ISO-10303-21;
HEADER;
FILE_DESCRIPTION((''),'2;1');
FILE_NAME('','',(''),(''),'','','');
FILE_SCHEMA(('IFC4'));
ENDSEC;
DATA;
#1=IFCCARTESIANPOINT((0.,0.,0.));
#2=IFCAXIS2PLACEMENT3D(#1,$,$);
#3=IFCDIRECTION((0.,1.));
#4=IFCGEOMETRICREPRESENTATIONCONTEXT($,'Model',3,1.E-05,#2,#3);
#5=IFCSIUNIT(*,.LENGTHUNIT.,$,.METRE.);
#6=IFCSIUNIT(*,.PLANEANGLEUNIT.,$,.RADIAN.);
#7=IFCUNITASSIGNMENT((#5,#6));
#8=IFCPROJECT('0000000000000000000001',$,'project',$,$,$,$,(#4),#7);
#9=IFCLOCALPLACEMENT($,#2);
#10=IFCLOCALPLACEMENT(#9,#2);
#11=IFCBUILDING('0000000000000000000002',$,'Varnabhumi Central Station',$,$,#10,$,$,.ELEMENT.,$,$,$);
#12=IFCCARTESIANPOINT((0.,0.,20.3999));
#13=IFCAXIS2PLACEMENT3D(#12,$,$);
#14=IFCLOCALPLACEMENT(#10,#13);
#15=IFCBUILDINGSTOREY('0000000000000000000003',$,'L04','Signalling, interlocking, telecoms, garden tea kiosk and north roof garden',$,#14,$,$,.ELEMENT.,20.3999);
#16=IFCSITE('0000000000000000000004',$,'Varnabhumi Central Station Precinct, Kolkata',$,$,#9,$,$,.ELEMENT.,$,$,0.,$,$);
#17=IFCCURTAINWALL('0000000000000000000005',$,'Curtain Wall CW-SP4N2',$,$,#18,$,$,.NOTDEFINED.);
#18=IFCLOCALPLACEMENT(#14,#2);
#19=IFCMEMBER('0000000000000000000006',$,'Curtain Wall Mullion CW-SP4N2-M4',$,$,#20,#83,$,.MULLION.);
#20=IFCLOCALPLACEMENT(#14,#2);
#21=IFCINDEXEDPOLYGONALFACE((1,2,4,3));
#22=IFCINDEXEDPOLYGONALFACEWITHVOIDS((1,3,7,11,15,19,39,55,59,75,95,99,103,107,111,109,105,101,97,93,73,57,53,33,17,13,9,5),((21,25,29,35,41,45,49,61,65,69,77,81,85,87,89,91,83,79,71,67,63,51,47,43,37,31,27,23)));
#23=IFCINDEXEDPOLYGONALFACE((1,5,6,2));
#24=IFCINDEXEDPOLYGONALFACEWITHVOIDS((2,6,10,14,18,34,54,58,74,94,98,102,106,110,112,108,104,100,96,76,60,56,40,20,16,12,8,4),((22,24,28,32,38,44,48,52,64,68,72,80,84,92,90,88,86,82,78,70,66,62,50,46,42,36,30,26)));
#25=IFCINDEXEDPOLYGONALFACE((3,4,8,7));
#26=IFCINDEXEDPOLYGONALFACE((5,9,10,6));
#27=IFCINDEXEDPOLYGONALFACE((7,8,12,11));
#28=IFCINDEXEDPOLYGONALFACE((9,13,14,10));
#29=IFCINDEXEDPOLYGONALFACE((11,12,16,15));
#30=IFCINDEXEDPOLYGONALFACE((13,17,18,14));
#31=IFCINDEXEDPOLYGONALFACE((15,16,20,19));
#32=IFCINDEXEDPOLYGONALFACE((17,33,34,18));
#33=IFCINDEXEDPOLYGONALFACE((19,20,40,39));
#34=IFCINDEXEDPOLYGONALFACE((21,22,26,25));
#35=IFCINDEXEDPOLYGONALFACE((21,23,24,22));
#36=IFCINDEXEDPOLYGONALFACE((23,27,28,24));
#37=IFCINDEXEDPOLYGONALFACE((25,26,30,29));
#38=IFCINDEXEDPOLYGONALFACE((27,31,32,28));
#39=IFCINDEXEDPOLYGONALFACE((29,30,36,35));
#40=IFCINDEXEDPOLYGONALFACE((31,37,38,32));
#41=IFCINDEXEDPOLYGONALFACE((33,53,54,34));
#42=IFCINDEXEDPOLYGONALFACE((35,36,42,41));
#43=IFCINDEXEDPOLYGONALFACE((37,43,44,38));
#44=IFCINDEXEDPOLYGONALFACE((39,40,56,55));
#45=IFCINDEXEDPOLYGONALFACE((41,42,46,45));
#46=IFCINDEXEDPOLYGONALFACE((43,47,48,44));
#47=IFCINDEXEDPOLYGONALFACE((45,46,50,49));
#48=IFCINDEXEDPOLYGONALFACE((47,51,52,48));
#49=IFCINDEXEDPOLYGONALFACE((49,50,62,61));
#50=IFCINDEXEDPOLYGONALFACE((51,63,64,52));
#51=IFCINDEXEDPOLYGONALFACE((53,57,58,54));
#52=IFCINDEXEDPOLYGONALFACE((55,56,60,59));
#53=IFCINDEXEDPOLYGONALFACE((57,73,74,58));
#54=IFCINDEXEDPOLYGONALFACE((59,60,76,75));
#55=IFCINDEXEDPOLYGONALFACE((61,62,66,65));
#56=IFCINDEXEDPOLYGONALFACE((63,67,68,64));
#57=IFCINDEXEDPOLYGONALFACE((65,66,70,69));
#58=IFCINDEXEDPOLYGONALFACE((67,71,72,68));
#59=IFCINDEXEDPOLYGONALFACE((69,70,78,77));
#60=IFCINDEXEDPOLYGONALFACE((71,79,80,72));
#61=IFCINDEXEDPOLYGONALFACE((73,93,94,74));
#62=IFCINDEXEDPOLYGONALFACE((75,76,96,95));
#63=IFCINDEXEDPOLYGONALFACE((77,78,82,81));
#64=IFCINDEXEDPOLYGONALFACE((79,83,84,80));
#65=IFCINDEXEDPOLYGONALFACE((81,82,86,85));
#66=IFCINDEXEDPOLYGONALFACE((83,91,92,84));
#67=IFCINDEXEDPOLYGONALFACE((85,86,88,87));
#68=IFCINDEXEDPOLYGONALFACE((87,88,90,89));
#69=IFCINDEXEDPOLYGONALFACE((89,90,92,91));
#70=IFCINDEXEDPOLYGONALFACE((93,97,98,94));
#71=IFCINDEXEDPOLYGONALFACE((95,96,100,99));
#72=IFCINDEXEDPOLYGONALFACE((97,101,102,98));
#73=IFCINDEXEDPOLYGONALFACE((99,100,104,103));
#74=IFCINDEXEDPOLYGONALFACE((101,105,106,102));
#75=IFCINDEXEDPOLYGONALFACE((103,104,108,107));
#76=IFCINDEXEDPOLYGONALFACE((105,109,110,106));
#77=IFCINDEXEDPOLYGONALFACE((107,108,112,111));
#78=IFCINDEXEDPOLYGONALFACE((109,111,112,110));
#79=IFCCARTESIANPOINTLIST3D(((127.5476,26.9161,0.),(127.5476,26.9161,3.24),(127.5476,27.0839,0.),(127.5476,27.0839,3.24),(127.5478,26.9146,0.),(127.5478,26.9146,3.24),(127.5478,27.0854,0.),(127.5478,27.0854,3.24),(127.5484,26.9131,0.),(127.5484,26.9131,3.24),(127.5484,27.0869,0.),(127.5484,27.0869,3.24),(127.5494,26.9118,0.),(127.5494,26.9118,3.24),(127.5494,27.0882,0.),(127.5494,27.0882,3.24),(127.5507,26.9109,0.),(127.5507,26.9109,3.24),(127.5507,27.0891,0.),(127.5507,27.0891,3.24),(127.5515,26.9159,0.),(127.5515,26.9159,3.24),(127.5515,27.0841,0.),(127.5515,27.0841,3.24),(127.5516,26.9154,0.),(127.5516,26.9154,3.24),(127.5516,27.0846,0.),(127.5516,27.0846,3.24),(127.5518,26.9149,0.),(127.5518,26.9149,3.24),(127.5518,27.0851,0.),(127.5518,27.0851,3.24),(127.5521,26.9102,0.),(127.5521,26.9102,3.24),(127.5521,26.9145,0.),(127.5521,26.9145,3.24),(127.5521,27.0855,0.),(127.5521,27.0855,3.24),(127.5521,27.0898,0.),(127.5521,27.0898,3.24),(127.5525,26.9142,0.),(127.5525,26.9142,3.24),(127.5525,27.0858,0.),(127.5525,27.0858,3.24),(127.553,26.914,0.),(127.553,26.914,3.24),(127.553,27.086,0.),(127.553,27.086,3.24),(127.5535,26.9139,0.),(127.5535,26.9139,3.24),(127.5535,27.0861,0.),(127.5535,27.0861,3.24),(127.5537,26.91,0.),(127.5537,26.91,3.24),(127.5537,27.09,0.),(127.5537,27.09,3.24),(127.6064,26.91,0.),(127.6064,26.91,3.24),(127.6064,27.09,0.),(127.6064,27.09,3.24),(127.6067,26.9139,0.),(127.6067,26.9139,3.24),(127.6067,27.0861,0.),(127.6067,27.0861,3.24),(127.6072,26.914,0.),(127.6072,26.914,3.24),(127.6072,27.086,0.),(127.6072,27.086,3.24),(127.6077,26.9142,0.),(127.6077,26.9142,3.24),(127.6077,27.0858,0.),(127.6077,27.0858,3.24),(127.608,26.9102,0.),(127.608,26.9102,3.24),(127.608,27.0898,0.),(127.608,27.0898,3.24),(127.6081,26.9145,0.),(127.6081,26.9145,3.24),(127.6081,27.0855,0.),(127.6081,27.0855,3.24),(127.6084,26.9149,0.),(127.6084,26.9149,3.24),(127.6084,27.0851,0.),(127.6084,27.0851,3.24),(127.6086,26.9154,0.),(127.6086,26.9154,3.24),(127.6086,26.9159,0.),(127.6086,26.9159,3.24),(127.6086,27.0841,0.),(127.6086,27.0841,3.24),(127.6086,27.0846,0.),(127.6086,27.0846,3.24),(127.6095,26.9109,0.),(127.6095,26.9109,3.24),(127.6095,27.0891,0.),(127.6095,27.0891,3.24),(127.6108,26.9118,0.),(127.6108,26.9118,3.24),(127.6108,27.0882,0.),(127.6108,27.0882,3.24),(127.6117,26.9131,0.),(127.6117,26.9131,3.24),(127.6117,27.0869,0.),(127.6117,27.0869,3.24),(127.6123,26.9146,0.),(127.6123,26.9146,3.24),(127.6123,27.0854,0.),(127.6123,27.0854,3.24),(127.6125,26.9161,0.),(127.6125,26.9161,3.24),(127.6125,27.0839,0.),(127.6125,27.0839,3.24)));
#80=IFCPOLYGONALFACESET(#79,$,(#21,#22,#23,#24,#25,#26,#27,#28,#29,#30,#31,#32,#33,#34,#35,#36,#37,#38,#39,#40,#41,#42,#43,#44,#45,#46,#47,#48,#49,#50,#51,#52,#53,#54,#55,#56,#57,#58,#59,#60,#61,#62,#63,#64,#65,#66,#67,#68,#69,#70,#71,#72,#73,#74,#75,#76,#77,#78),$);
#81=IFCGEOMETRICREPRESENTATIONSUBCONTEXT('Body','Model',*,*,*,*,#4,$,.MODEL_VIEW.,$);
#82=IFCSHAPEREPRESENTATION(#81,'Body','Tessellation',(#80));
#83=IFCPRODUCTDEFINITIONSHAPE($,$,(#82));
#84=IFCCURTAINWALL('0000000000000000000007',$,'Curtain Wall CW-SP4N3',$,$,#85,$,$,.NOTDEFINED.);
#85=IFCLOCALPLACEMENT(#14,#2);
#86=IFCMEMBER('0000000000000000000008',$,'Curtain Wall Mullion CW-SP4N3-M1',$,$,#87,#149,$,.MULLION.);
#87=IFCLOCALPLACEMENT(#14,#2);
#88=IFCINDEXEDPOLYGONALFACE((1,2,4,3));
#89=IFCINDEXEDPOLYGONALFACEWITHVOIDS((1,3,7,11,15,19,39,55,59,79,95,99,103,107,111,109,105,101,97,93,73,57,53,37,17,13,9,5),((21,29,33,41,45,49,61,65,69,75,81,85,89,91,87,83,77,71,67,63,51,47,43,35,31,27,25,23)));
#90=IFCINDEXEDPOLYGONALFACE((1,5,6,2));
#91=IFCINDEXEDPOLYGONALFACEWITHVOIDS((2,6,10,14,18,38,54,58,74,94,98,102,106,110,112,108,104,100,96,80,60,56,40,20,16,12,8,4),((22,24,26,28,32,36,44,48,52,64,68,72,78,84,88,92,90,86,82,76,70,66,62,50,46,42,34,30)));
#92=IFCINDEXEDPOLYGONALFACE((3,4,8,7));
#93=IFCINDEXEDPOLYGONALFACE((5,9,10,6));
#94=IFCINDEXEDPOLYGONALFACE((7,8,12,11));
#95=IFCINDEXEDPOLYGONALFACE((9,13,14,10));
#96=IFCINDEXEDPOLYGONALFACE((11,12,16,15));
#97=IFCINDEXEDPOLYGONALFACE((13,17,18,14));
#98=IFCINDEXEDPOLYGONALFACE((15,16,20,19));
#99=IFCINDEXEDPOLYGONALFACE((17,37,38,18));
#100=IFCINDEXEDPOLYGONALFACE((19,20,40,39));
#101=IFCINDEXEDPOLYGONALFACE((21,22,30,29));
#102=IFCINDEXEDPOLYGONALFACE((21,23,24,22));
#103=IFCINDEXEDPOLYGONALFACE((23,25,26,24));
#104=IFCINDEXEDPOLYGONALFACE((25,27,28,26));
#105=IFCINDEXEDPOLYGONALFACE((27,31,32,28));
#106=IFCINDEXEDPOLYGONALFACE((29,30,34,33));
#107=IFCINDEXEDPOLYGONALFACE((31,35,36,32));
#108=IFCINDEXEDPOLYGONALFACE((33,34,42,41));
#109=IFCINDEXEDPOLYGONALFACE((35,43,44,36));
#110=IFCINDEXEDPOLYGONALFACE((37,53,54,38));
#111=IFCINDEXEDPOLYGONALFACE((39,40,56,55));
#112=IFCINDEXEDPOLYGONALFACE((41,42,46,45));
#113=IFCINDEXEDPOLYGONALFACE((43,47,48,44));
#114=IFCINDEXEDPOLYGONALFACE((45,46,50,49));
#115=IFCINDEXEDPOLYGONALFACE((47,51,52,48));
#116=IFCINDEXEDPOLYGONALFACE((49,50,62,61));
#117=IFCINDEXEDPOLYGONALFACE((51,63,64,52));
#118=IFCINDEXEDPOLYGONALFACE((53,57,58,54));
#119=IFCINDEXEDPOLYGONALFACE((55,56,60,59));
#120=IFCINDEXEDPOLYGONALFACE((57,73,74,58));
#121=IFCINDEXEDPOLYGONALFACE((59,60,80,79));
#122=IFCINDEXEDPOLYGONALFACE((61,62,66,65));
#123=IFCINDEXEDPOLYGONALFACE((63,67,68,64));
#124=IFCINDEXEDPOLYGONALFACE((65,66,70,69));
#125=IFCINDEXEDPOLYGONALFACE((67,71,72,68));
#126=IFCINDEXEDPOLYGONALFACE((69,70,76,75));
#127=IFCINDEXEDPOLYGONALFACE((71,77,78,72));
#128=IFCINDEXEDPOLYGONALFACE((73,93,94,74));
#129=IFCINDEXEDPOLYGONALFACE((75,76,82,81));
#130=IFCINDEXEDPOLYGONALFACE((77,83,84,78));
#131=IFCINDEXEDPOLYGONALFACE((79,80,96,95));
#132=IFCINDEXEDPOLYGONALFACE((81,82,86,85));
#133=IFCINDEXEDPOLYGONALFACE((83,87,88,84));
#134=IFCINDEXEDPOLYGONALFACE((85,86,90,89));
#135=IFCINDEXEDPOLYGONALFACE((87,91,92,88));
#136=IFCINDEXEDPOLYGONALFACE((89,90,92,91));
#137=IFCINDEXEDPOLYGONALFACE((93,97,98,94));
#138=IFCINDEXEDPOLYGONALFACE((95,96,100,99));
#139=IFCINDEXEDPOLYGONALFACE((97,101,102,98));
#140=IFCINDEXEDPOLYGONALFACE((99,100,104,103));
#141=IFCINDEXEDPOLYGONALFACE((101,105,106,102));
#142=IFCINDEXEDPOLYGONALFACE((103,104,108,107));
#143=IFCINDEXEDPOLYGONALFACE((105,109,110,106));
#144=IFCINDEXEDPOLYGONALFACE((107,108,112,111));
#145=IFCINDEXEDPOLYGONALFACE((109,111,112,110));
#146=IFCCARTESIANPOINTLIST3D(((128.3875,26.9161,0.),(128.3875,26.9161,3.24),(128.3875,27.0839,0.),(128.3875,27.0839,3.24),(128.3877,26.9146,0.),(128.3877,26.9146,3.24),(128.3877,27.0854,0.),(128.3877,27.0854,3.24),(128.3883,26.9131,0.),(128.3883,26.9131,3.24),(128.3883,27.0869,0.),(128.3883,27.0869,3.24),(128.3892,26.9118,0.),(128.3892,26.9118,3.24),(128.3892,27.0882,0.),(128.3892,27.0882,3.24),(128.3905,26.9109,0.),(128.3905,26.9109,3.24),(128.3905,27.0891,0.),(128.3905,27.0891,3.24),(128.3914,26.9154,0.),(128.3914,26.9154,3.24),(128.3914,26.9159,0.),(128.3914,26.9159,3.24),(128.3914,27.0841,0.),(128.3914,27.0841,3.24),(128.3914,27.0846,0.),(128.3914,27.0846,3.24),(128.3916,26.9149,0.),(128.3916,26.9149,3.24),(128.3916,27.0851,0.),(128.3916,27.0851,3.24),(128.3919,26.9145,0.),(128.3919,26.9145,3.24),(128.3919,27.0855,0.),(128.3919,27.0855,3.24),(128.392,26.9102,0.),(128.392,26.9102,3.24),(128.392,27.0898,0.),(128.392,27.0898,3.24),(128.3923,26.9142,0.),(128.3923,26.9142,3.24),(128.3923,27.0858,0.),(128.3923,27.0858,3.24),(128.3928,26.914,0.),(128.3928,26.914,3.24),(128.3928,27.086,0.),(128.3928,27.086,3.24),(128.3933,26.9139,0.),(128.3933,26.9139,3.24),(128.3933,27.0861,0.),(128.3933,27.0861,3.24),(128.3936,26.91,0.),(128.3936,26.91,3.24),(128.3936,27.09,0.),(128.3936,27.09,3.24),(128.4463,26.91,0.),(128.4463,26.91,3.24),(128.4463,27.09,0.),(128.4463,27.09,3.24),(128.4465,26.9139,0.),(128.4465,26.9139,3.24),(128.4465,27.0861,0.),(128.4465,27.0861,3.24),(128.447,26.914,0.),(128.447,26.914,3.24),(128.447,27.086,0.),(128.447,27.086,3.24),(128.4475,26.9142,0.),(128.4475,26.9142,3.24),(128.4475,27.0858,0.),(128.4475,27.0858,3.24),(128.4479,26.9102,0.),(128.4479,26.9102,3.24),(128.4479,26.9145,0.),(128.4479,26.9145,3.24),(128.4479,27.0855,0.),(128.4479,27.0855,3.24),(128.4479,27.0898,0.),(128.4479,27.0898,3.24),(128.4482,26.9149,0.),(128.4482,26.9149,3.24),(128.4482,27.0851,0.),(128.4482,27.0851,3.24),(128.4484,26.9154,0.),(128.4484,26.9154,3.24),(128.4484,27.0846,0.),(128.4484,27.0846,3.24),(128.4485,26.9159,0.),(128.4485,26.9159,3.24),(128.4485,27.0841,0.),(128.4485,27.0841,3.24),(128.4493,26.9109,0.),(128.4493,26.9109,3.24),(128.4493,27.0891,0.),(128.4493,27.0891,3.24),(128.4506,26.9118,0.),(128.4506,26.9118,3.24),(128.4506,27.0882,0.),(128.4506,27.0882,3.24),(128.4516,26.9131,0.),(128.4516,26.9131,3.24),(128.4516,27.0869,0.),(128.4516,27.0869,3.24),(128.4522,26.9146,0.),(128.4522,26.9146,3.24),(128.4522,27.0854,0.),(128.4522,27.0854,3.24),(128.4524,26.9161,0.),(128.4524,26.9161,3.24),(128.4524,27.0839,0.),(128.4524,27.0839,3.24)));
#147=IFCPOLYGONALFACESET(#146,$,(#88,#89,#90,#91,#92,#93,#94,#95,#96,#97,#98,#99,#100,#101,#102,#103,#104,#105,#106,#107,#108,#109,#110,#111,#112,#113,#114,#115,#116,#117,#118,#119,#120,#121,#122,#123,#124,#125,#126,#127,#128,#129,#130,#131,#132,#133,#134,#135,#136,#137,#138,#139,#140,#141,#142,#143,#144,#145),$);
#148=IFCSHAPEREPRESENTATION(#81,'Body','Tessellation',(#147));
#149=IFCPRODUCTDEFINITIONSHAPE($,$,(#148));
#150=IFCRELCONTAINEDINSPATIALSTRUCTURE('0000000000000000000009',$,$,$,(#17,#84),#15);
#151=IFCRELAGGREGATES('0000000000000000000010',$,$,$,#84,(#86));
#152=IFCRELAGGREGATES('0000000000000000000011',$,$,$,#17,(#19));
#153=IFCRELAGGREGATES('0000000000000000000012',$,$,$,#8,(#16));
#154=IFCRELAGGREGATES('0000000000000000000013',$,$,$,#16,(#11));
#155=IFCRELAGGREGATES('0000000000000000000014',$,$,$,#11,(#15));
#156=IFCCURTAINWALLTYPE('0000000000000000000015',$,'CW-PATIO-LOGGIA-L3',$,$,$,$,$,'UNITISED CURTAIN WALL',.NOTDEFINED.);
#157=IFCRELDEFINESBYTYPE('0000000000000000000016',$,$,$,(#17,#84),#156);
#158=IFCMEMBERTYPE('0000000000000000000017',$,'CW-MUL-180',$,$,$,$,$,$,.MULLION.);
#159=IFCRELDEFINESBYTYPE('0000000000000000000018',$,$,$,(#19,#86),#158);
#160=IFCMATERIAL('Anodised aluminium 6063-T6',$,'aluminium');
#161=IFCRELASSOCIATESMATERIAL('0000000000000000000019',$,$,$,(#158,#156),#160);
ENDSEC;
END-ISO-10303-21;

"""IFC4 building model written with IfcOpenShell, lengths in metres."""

from ifc_helpers import new_model, si_unit, direction, frame, origin, origin_2d, place, context, subcontext, project, spatial, hollow_rectangle, extrude, material, material_profile, profile_set, type_object, element, aggregate, save


model = new_model("IFC4")

# Units and contexts
model_context = context("Model", 3, precision=1e-05, world=origin(), true_north=direction((0.0, 1.0)))
body_context = subcontext(model_context, "Body", "Model", "MODEL_VIEW")
ifc_project = project(units=[si_unit("LENGTHUNIT", "METRE"), si_unit("PLANEANGLEUNIT", "RADIAN")], contexts=[model_context])

# Site, building, storey
site_placement = place(None, origin())
site = spatial("IfcSite", under=ifc_project, at=site_placement, Name="Varnabhumi Central Station Precinct, Kolkata", CompositionType="ELEMENT", RefElevation=0.0)
building_placement = place(site_placement, origin())
building = spatial("IfcBuilding", under=site, at=building_placement, Name="Varnabhumi Central Station", CompositionType="ELEMENT")
storey_placement = place(building_placement, frame((0.0, 0.0, 20.3999)))
storey = spatial("IfcBuildingStorey", under=building, at=storey_placement, Name="L04", Description="Signalling, interlocking, telecoms, garden tea kiosk and north roof garden", CompositionType="ELEMENT", Elevation=20.3999)

# Shared definitions
ifc_material_1 = material(Name="Anodised aluminium 6063-T6", Category="aluminium")
ifc_material_profile_1 = material_profile(ifc_material_1, hollow_rectangle(XDim=0.0649, YDim=0.1799, WallThickness=0.0039, InnerFilletRadius=0.002, OuterFilletRadius=0.0061, at=origin_2d()), Name="Anodised aluminium 6063-T6", Category="aluminium")
ifc_profile_set_1 = profile_set([ifc_material_profile_1], Name="Anodised aluminium 6063-T6")
member_type_1 = type_object("IfcMemberType", Name="CW-MUL-180", PredefinedType="MULLION", material=ifc_profile_set_1)

# Curtain wall, member
curtain_wall_type_1 = type_object("IfcCurtainWallType", Name="CW-PATIO-LOGGIA-L3", ElementType="UNITISED CURTAIN WALL", PredefinedType="NOTDEFINED", material=ifc_material_1)
curtain_wall_1_placement = place(storey_placement, origin())
curtain_wall_1 = element("IfcCurtainWall", 1, at=curtain_wall_1_placement, inside=storey, type_object=curtain_wall_type_1, Name="Curtain Wall CW-SP4N2", PredefinedType="NOTDEFINED")
member_1_placement = place(storey_placement, frame((127.5801, 27.0, 0.0), z_axis=(0.0, 0.0, 1.0), x_axis=(1.0, 0.0, 0.0)))
member_1 = element("IfcMember", 2, at=member_1_placement, type_object=member_type_1, Name="Curtain Wall Mullion CW-SP4N2-M4", PredefinedType="MULLION", context=body_context, shape_type="SweptSolid", body=[
    extrude(hollow_rectangle(XDim=0.0649, YDim=0.1799, WallThickness=0.0039, InnerFilletRadius=0.002, OuterFilletRadius=0.0061, at=origin_2d()), origin(), (0.0, 0.0, 1.0), 3.24),
])

# Curtain wall, member
curtain_wall_2_placement = place(storey_placement, origin())
curtain_wall_2 = element("IfcCurtainWall", 3, at=curtain_wall_2_placement, inside=storey, type_object=curtain_wall_type_1, Name="Curtain Wall CW-SP4N3", PredefinedType="NOTDEFINED")
member_2_placement = place(storey_placement, frame((128.4199, 27.0, 0.0), z_axis=(0.0, 0.0, 1.0), x_axis=(1.0, 0.0, 0.0)))
member_2 = element("IfcMember", 4, at=member_2_placement, type_object=member_type_1, Name="Curtain Wall Mullion CW-SP4N3-M1", PredefinedType="MULLION", context=body_context, shape_type="SweptSolid", body=[
    extrude(hollow_rectangle(XDim=0.0649, YDim=0.1799, WallThickness=0.0039, InnerFilletRadius=0.002, OuterFilletRadius=0.0061, at=origin_2d()), origin(), (0.0, 0.0, 1.0), 3.24),
])

aggregate(curtain_wall_2, [member_2])
aggregate(curtain_wall_1, [member_1])

save(model, "model.ifc")
